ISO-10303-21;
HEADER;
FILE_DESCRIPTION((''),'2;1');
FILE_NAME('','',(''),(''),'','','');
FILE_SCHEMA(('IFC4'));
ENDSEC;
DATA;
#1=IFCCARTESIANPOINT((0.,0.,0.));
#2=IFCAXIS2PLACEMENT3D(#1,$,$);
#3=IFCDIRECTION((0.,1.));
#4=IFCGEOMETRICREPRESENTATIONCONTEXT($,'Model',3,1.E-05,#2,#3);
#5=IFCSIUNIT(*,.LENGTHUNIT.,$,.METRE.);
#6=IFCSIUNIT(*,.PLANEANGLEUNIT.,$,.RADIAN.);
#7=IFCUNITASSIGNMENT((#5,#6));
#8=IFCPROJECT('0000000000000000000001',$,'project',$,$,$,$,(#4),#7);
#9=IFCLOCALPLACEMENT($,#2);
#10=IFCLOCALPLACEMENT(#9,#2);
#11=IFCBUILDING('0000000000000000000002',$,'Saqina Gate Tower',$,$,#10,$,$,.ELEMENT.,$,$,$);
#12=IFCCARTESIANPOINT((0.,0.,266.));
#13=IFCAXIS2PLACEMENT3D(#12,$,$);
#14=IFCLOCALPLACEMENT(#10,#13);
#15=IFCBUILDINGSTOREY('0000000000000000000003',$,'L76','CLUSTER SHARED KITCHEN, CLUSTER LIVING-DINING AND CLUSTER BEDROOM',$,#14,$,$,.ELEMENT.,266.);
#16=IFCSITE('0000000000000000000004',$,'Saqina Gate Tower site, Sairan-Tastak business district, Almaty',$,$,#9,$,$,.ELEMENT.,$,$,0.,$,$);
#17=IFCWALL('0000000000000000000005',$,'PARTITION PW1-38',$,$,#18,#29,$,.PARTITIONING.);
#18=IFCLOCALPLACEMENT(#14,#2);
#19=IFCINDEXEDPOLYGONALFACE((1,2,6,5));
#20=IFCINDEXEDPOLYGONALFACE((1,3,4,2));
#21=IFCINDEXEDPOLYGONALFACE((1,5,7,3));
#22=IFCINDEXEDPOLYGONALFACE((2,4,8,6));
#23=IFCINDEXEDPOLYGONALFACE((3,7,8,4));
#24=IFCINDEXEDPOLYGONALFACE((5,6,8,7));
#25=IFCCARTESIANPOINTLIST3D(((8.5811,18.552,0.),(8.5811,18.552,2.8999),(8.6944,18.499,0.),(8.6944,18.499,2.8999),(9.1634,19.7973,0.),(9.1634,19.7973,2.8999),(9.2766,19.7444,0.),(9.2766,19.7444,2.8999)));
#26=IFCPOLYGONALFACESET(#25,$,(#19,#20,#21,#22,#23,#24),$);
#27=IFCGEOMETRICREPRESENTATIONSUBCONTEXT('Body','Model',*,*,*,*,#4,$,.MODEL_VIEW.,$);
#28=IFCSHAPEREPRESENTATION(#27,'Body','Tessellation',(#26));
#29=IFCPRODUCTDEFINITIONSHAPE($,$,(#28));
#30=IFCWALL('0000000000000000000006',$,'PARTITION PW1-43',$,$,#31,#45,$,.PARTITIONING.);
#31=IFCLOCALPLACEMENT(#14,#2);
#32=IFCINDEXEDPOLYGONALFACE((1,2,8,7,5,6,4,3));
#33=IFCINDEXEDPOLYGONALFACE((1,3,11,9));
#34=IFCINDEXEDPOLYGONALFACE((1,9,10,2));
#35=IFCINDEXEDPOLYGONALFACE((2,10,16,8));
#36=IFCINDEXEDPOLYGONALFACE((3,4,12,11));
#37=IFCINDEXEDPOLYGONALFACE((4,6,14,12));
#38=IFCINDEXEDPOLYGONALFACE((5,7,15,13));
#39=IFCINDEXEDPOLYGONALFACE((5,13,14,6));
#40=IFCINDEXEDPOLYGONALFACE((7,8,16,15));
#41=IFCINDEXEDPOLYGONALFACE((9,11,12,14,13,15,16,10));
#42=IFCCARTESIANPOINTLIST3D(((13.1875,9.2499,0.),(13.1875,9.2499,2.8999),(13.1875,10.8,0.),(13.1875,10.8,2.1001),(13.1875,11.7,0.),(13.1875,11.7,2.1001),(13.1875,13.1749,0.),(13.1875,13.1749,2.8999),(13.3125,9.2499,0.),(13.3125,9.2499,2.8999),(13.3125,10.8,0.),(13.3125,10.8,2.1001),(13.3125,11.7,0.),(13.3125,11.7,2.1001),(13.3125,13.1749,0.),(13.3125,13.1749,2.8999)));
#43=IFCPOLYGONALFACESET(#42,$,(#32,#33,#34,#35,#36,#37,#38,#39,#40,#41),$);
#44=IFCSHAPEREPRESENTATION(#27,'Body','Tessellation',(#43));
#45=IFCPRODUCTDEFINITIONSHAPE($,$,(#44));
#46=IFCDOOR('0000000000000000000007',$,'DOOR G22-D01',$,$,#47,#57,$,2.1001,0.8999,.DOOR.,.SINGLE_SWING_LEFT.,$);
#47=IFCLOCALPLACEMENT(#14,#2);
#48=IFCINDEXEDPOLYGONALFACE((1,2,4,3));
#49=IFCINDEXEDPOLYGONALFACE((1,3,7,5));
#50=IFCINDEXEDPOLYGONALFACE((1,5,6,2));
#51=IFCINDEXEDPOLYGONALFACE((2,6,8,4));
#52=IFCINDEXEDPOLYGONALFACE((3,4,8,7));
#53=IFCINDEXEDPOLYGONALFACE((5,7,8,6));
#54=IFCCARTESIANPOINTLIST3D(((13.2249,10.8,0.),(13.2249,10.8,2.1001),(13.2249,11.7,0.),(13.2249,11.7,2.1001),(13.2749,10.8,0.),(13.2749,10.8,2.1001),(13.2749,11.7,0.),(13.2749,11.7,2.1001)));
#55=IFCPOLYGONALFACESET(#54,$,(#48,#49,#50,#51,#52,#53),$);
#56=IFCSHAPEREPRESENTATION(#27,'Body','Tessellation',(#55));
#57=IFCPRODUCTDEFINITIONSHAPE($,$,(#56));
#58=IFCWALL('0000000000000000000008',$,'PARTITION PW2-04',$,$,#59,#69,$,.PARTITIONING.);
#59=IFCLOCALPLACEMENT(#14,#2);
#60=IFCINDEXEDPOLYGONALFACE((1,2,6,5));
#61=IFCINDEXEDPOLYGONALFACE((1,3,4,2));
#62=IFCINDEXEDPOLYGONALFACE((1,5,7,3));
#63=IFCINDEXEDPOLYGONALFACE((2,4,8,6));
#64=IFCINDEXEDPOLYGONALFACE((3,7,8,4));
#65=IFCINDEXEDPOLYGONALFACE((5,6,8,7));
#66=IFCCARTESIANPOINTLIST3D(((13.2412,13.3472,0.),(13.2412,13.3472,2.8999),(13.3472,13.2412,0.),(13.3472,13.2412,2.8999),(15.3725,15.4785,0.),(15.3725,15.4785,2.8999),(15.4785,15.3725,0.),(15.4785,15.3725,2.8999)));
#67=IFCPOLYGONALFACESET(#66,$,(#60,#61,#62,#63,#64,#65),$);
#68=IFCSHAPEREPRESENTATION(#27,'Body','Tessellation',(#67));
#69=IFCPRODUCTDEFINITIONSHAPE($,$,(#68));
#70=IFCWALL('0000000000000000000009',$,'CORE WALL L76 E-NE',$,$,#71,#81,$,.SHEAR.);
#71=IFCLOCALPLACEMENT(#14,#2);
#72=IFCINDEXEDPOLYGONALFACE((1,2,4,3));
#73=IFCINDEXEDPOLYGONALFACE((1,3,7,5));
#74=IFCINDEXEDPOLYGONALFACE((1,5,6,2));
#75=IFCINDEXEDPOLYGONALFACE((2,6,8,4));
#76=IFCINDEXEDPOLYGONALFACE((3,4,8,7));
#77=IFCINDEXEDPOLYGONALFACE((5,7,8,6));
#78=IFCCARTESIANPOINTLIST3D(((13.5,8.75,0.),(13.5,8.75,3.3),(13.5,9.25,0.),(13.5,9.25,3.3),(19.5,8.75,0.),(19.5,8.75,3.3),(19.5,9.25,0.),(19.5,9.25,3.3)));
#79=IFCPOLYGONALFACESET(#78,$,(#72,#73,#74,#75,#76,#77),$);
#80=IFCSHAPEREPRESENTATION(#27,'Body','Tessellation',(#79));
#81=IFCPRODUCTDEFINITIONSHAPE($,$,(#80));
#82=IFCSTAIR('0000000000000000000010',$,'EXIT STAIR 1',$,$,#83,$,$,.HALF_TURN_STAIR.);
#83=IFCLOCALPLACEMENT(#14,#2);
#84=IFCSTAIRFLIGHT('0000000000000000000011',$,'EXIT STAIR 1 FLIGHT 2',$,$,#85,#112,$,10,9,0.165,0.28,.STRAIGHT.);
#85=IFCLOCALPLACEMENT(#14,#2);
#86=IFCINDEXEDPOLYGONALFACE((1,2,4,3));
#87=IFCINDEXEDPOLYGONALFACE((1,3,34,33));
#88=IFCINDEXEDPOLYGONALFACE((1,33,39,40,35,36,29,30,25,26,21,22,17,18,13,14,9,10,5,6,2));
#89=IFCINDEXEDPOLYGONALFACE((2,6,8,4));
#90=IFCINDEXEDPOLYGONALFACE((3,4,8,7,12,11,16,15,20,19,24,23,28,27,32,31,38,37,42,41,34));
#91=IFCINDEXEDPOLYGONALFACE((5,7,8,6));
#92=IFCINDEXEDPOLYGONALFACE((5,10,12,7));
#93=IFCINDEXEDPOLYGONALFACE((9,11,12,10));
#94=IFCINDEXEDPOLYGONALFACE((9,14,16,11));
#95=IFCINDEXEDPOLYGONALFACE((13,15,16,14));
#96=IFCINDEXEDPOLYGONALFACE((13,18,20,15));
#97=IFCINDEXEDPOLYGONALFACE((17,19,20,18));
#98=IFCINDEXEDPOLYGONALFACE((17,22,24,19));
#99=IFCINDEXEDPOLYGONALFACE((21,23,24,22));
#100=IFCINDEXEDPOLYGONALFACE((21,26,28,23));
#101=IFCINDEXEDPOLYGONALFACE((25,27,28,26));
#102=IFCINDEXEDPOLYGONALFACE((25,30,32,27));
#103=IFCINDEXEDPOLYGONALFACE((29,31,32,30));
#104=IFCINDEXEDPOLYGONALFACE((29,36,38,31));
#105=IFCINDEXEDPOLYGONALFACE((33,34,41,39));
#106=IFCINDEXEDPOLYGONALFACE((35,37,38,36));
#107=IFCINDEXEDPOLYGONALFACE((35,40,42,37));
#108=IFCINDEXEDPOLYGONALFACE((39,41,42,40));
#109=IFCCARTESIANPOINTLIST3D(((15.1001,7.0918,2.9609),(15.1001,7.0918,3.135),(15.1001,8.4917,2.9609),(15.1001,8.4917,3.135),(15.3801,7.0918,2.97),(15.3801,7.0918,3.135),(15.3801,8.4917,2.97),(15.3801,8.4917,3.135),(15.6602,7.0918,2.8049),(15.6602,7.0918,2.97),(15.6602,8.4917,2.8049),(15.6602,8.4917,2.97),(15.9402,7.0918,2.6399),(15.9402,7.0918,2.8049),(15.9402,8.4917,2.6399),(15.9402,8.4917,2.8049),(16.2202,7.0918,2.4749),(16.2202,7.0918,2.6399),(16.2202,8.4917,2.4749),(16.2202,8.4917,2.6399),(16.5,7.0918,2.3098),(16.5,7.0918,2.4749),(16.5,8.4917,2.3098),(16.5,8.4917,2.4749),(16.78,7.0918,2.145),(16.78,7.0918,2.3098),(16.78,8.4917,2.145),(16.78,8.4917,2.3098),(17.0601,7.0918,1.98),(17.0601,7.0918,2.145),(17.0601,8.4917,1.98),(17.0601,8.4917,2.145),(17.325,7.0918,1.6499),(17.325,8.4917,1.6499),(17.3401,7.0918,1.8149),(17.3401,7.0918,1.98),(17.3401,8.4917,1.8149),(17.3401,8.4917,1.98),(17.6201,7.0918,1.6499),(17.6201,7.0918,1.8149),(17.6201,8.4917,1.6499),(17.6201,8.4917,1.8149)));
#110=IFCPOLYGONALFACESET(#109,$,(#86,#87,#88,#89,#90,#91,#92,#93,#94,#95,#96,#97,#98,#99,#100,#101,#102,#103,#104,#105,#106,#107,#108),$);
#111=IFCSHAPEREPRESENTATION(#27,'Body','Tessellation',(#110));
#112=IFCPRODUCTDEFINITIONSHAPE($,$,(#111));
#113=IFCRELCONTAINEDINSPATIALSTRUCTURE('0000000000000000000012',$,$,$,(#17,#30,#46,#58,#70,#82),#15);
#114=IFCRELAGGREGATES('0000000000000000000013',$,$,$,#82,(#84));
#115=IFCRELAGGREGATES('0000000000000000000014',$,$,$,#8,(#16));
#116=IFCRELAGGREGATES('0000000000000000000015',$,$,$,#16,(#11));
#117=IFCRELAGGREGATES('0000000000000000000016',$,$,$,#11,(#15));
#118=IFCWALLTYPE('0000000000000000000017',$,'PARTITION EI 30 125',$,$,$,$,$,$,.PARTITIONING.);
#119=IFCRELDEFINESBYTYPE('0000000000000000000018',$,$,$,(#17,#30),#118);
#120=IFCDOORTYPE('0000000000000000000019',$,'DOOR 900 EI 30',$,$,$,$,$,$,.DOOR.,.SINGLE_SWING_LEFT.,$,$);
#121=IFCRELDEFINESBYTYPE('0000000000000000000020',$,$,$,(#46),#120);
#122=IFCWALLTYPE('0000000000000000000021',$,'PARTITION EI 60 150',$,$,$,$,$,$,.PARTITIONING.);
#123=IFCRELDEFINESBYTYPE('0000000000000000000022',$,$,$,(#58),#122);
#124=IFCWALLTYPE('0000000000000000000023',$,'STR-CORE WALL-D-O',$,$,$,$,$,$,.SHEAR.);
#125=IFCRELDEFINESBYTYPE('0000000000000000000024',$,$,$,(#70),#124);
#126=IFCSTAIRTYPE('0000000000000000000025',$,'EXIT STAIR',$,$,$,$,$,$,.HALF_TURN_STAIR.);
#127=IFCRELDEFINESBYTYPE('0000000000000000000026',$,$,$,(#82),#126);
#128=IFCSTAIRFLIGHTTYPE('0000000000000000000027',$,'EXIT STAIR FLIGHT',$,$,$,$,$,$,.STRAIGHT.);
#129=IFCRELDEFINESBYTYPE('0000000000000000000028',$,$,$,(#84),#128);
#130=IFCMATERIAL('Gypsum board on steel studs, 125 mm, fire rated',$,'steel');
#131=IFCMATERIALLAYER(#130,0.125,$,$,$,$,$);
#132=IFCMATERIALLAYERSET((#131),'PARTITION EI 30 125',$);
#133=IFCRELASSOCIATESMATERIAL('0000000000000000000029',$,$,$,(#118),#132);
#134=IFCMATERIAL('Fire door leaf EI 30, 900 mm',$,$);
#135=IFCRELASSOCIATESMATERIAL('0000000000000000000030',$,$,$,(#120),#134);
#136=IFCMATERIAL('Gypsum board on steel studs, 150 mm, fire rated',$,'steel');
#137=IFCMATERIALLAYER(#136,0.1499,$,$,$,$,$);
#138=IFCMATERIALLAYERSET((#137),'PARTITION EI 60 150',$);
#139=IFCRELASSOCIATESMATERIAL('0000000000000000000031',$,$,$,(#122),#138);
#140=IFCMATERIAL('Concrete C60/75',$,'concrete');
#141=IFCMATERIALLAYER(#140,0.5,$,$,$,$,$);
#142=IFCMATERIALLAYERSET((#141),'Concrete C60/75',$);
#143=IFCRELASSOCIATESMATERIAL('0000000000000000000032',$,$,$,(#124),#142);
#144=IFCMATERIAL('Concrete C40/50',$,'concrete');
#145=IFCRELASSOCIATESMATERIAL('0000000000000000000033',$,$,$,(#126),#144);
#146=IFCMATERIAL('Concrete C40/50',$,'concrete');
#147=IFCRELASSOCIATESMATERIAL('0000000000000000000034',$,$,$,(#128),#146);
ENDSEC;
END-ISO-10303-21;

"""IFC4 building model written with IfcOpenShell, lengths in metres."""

from ifc_helpers import new_model, si_unit, direction, frame, frame_2d, origin, place, context, subcontext, project, spatial, polyline, rectangle, outline, extrude, material, layer, layer_set, type_object, element, fill, aggregate, save


model = new_model("IFC4")

# Units and contexts
model_context = context("Model", 3, precision=1e-05, world=origin(), true_north=direction((0.0, 1.0)))
body_context = subcontext(model_context, "Body", "Model", "MODEL_VIEW")
ifc_project = project(units=[si_unit("LENGTHUNIT", "METRE"), si_unit("PLANEANGLEUNIT", "RADIAN")], contexts=[model_context])

# Site, building, storey
site_placement = place(None, origin())
site = spatial("IfcSite", under=ifc_project, at=site_placement, Name="Saqina Gate Tower site, Sairan-Tastak business district, Almaty", CompositionType="ELEMENT", RefElevation=0.0)
building_placement = place(site_placement, origin())
building = spatial("IfcBuilding", under=site, at=building_placement, Name="Saqina Gate Tower", CompositionType="ELEMENT")
storey_placement = place(building_placement, frame((0.0, 0.0, 266.0)))
storey = spatial("IfcBuildingStorey", under=building, at=storey_placement, Name="L76", Description="CLUSTER SHARED KITCHEN, CLUSTER LIVING-DINING AND CLUSTER BEDROOM", CompositionType="ELEMENT", Elevation=266.0)

# Shared definitions
ifc_material_1 = material(Name="Gypsum board on steel studs, 125 mm, fire rated", Category="steel")
ifc_layer_1 = layer(ifc_material_1, 0.125)
ifc_layer_set_1 = layer_set([ifc_layer_1], Name="PARTITION EI 30 125")
wall_type_1 = type_object("IfcWallType", Name="PARTITION EI 30 125", PredefinedType="PARTITIONING", material=ifc_layer_set_1)

# Shared definitions
ifc_material_2 = material(Name="Fire door leaf EI 30, 900 mm")
door_type_1 = type_object("IfcDoorType", Name="DOOR 900 EI 30", OperationType="SINGLE_SWING_LEFT", PredefinedType="DOOR", material=ifc_material_2)

# Wall
wall_1_placement = place(storey_placement, frame((8.6377, 18.5254, 0.0), z_axis=(0.0, 0.0, 1.0), x_axis=(0.423546, 0.905874, 0.0)))
element("IfcWall", 1, at=wall_1_placement, inside=storey, type_object=wall_type_1, Name="PARTITION PW1-38", PredefinedType="PARTITIONING", context=body_context, shape_type="SweptSolid", body=[
    extrude(rectangle(XDim=1.3748, YDim=0.125, at=frame_2d((0.6875, 0.0))), origin(), (0.0, 0.0, 1.0), 2.8999),
])

# Wall, opening, door
wall_2_placement = place(storey_placement, frame((13.25, 9.25, 0.0), z_axis=(0.0, 0.0, 1.0), x_axis=(0.0, 1.0, 0.0)))
wall_2 = element("IfcWall", 2, at=wall_2_placement, inside=storey, type_object=wall_type_1, Name="PARTITION PW1-43", PredefinedType="PARTITIONING", context=body_context, shape_type="SweptSolid", body=[
    extrude(rectangle(XDim=3.925, YDim=0.125, at=frame_2d((1.9624, 0.0))), origin(), (0.0, 0.0, 1.0), 2.8999),
])
opening_1_placement = place(wall_2_placement, frame((1.55, 0.0, 0.0)))
opening_1 = element("IfcOpeningElement", 3, at=opening_1_placement, cuts=wall_2, PredefinedType="OPENING", context=body_context, shape_type="SweptSolid", body=[
    extrude(rectangle(XDim=0.8999, YDim=2.1001, at=frame_2d((0.45, 1.05))), frame((0.0, 0.0745, 0.0), z_axis=(0.0, -1.0, 0.0), x_axis=(1.0, 0.0, 0.0)), (0.0, 0.0, 1.0), 0.1489),
])
door_1_placement = place(opening_1_placement, frame((0.8999, 0.0, 0.0), z_axis=(0.0, 0.0, 1.0), x_axis=(-1.0, 0.0, 0.0)))
door_1 = element("IfcDoor", 4, at=door_1_placement, inside=storey, type_object=door_type_1, Name="DOOR G22-D01", OperationType="SINGLE_SWING_LEFT", OverallHeight=2.1001, OverallWidth=0.8999, PredefinedType="DOOR", context=body_context, shape_type="SweptSolid", body=[
    extrude(rectangle(XDim=0.8999, YDim=2.1001, at=frame_2d((0.45, 1.05))), frame((0.0, 0.0249, 0.0), z_axis=(0.0, -1.0, 0.0), x_axis=(1.0, 0.0, 0.0)), (0.0, 0.0, 1.0), 0.05),
])
fill(opening_1, door_1)

# Walls
ifc_material_3 = material(Name="Gypsum board on steel studs, 150 mm, fire rated", Category="steel")
ifc_layer_2 = layer(ifc_material_3, 0.1499)
ifc_layer_set_2 = layer_set([ifc_layer_2], Name="PARTITION EI 60 150")
wall_type_2 = type_object("IfcWallType", Name="PARTITION EI 60 150", PredefinedType="PARTITIONING", material=ifc_layer_set_2)
wall_3_placement = place(storey_placement, frame((13.2942, 13.2942, 0.0), z_axis=(0.0, 0.0, 1.0), x_axis=(0.707107, 0.707107, 0.0)))
element("IfcWall", 5, at=wall_3_placement, inside=storey, type_object=wall_type_2, Name="PARTITION PW2-04", PredefinedType="PARTITIONING", context=body_context, shape_type="SweptSolid", body=[
    extrude(rectangle(XDim=3.0142, YDim=0.1499, at=frame_2d((1.5071, 0.0))), origin(), (0.0, 0.0, 1.0), 2.8999),
])
ifc_material_4 = material(Name="Concrete C60/75", Category="concrete")
ifc_layer_3 = layer(ifc_material_4, 0.5)
ifc_layer_set_3 = layer_set([ifc_layer_3], Name="Concrete C60/75")
wall_type_3 = type_object("IfcWallType", Name="STR-CORE WALL-D-O", PredefinedType="SHEAR", material=ifc_layer_set_3)
wall_4_placement = place(storey_placement, frame((13.5, 9.0, 0.0), z_axis=(0.0, 0.0, 1.0), x_axis=(1.0, 0.0, 0.0)))
element("IfcWall", 6, at=wall_4_placement, inside=storey, type_object=wall_type_3, Name="CORE WALL L76 E-NE", PredefinedType="SHEAR", context=body_context, shape_type="SweptSolid", body=[
    extrude(rectangle(XDim=6.0, YDim=0.5, at=frame_2d((3.0, 0.0))), origin(), (0.0, 0.0, 1.0), 3.3),
])

# Stair, stair flight
ifc_material_5 = material(Name="Concrete C40/50", Category="concrete")
stair_type = type_object("IfcStairType", Name="EXIT STAIR", PredefinedType="HALF_TURN_STAIR", material=ifc_material_5)
stair_placement = place(storey_placement, origin())
stair = element("IfcStair", 7, at=stair_placement, inside=storey, type_object=stair_type, Name="EXIT STAIR 1", PredefinedType="HALF_TURN_STAIR")
ifc_material_6 = material(Name="Concrete C40/50", Category="concrete")
stair_flight_type = type_object("IfcStairFlightType", Name="EXIT STAIR FLIGHT", PredefinedType="STRAIGHT", material=ifc_material_6)
stair_flight_placement = place(storey_placement, frame((17.6201, 7.7917, 1.6499), z_axis=(0.0, 0.0, 1.0), x_axis=(-1.0, 0.0, 0.0)))
stair_flight = element("IfcStairFlight", 8, at=stair_flight_placement, type_object=stair_flight_type, Name="EXIT STAIR 1 FLIGHT 2", NumberOfRisers=10, NumberOfTreads=9, PredefinedType="STRAIGHT", RiserHeight=0.165, TreadLength=0.28, context=body_context, shape_type="SweptSolid", body=[
    extrude(outline(polyline([(0.0, 0.0), (0.0, 0.165), (0.28, 0.165), (0.28, 0.3301), (0.5601, 0.3301), (0.5601, 0.4951), (0.8401, 0.4951), (0.8401, 0.6599), (1.1201, 0.6599), (1.1201, 0.825), (1.3999, 0.825), (1.3999, 0.99), (1.6799, 0.99), (1.6799, 1.155), (1.96, 1.155), (1.96, 1.3201), (2.24, 1.3201), (2.24, 1.4851), (2.52, 1.4851), (2.52, 1.6499), (2.52, 1.311), (0.2952, 0.0), (0.0, 0.0)])), frame((0.0, 0.7, 0.0), z_axis=(0.0, -1.0, 0.0), x_axis=(1.0, 0.0, 0.0)), (0.0, 0.0, 1.0), 1.3999),
])
aggregate(stair, [stair_flight])

save(model, "model.ifc")
